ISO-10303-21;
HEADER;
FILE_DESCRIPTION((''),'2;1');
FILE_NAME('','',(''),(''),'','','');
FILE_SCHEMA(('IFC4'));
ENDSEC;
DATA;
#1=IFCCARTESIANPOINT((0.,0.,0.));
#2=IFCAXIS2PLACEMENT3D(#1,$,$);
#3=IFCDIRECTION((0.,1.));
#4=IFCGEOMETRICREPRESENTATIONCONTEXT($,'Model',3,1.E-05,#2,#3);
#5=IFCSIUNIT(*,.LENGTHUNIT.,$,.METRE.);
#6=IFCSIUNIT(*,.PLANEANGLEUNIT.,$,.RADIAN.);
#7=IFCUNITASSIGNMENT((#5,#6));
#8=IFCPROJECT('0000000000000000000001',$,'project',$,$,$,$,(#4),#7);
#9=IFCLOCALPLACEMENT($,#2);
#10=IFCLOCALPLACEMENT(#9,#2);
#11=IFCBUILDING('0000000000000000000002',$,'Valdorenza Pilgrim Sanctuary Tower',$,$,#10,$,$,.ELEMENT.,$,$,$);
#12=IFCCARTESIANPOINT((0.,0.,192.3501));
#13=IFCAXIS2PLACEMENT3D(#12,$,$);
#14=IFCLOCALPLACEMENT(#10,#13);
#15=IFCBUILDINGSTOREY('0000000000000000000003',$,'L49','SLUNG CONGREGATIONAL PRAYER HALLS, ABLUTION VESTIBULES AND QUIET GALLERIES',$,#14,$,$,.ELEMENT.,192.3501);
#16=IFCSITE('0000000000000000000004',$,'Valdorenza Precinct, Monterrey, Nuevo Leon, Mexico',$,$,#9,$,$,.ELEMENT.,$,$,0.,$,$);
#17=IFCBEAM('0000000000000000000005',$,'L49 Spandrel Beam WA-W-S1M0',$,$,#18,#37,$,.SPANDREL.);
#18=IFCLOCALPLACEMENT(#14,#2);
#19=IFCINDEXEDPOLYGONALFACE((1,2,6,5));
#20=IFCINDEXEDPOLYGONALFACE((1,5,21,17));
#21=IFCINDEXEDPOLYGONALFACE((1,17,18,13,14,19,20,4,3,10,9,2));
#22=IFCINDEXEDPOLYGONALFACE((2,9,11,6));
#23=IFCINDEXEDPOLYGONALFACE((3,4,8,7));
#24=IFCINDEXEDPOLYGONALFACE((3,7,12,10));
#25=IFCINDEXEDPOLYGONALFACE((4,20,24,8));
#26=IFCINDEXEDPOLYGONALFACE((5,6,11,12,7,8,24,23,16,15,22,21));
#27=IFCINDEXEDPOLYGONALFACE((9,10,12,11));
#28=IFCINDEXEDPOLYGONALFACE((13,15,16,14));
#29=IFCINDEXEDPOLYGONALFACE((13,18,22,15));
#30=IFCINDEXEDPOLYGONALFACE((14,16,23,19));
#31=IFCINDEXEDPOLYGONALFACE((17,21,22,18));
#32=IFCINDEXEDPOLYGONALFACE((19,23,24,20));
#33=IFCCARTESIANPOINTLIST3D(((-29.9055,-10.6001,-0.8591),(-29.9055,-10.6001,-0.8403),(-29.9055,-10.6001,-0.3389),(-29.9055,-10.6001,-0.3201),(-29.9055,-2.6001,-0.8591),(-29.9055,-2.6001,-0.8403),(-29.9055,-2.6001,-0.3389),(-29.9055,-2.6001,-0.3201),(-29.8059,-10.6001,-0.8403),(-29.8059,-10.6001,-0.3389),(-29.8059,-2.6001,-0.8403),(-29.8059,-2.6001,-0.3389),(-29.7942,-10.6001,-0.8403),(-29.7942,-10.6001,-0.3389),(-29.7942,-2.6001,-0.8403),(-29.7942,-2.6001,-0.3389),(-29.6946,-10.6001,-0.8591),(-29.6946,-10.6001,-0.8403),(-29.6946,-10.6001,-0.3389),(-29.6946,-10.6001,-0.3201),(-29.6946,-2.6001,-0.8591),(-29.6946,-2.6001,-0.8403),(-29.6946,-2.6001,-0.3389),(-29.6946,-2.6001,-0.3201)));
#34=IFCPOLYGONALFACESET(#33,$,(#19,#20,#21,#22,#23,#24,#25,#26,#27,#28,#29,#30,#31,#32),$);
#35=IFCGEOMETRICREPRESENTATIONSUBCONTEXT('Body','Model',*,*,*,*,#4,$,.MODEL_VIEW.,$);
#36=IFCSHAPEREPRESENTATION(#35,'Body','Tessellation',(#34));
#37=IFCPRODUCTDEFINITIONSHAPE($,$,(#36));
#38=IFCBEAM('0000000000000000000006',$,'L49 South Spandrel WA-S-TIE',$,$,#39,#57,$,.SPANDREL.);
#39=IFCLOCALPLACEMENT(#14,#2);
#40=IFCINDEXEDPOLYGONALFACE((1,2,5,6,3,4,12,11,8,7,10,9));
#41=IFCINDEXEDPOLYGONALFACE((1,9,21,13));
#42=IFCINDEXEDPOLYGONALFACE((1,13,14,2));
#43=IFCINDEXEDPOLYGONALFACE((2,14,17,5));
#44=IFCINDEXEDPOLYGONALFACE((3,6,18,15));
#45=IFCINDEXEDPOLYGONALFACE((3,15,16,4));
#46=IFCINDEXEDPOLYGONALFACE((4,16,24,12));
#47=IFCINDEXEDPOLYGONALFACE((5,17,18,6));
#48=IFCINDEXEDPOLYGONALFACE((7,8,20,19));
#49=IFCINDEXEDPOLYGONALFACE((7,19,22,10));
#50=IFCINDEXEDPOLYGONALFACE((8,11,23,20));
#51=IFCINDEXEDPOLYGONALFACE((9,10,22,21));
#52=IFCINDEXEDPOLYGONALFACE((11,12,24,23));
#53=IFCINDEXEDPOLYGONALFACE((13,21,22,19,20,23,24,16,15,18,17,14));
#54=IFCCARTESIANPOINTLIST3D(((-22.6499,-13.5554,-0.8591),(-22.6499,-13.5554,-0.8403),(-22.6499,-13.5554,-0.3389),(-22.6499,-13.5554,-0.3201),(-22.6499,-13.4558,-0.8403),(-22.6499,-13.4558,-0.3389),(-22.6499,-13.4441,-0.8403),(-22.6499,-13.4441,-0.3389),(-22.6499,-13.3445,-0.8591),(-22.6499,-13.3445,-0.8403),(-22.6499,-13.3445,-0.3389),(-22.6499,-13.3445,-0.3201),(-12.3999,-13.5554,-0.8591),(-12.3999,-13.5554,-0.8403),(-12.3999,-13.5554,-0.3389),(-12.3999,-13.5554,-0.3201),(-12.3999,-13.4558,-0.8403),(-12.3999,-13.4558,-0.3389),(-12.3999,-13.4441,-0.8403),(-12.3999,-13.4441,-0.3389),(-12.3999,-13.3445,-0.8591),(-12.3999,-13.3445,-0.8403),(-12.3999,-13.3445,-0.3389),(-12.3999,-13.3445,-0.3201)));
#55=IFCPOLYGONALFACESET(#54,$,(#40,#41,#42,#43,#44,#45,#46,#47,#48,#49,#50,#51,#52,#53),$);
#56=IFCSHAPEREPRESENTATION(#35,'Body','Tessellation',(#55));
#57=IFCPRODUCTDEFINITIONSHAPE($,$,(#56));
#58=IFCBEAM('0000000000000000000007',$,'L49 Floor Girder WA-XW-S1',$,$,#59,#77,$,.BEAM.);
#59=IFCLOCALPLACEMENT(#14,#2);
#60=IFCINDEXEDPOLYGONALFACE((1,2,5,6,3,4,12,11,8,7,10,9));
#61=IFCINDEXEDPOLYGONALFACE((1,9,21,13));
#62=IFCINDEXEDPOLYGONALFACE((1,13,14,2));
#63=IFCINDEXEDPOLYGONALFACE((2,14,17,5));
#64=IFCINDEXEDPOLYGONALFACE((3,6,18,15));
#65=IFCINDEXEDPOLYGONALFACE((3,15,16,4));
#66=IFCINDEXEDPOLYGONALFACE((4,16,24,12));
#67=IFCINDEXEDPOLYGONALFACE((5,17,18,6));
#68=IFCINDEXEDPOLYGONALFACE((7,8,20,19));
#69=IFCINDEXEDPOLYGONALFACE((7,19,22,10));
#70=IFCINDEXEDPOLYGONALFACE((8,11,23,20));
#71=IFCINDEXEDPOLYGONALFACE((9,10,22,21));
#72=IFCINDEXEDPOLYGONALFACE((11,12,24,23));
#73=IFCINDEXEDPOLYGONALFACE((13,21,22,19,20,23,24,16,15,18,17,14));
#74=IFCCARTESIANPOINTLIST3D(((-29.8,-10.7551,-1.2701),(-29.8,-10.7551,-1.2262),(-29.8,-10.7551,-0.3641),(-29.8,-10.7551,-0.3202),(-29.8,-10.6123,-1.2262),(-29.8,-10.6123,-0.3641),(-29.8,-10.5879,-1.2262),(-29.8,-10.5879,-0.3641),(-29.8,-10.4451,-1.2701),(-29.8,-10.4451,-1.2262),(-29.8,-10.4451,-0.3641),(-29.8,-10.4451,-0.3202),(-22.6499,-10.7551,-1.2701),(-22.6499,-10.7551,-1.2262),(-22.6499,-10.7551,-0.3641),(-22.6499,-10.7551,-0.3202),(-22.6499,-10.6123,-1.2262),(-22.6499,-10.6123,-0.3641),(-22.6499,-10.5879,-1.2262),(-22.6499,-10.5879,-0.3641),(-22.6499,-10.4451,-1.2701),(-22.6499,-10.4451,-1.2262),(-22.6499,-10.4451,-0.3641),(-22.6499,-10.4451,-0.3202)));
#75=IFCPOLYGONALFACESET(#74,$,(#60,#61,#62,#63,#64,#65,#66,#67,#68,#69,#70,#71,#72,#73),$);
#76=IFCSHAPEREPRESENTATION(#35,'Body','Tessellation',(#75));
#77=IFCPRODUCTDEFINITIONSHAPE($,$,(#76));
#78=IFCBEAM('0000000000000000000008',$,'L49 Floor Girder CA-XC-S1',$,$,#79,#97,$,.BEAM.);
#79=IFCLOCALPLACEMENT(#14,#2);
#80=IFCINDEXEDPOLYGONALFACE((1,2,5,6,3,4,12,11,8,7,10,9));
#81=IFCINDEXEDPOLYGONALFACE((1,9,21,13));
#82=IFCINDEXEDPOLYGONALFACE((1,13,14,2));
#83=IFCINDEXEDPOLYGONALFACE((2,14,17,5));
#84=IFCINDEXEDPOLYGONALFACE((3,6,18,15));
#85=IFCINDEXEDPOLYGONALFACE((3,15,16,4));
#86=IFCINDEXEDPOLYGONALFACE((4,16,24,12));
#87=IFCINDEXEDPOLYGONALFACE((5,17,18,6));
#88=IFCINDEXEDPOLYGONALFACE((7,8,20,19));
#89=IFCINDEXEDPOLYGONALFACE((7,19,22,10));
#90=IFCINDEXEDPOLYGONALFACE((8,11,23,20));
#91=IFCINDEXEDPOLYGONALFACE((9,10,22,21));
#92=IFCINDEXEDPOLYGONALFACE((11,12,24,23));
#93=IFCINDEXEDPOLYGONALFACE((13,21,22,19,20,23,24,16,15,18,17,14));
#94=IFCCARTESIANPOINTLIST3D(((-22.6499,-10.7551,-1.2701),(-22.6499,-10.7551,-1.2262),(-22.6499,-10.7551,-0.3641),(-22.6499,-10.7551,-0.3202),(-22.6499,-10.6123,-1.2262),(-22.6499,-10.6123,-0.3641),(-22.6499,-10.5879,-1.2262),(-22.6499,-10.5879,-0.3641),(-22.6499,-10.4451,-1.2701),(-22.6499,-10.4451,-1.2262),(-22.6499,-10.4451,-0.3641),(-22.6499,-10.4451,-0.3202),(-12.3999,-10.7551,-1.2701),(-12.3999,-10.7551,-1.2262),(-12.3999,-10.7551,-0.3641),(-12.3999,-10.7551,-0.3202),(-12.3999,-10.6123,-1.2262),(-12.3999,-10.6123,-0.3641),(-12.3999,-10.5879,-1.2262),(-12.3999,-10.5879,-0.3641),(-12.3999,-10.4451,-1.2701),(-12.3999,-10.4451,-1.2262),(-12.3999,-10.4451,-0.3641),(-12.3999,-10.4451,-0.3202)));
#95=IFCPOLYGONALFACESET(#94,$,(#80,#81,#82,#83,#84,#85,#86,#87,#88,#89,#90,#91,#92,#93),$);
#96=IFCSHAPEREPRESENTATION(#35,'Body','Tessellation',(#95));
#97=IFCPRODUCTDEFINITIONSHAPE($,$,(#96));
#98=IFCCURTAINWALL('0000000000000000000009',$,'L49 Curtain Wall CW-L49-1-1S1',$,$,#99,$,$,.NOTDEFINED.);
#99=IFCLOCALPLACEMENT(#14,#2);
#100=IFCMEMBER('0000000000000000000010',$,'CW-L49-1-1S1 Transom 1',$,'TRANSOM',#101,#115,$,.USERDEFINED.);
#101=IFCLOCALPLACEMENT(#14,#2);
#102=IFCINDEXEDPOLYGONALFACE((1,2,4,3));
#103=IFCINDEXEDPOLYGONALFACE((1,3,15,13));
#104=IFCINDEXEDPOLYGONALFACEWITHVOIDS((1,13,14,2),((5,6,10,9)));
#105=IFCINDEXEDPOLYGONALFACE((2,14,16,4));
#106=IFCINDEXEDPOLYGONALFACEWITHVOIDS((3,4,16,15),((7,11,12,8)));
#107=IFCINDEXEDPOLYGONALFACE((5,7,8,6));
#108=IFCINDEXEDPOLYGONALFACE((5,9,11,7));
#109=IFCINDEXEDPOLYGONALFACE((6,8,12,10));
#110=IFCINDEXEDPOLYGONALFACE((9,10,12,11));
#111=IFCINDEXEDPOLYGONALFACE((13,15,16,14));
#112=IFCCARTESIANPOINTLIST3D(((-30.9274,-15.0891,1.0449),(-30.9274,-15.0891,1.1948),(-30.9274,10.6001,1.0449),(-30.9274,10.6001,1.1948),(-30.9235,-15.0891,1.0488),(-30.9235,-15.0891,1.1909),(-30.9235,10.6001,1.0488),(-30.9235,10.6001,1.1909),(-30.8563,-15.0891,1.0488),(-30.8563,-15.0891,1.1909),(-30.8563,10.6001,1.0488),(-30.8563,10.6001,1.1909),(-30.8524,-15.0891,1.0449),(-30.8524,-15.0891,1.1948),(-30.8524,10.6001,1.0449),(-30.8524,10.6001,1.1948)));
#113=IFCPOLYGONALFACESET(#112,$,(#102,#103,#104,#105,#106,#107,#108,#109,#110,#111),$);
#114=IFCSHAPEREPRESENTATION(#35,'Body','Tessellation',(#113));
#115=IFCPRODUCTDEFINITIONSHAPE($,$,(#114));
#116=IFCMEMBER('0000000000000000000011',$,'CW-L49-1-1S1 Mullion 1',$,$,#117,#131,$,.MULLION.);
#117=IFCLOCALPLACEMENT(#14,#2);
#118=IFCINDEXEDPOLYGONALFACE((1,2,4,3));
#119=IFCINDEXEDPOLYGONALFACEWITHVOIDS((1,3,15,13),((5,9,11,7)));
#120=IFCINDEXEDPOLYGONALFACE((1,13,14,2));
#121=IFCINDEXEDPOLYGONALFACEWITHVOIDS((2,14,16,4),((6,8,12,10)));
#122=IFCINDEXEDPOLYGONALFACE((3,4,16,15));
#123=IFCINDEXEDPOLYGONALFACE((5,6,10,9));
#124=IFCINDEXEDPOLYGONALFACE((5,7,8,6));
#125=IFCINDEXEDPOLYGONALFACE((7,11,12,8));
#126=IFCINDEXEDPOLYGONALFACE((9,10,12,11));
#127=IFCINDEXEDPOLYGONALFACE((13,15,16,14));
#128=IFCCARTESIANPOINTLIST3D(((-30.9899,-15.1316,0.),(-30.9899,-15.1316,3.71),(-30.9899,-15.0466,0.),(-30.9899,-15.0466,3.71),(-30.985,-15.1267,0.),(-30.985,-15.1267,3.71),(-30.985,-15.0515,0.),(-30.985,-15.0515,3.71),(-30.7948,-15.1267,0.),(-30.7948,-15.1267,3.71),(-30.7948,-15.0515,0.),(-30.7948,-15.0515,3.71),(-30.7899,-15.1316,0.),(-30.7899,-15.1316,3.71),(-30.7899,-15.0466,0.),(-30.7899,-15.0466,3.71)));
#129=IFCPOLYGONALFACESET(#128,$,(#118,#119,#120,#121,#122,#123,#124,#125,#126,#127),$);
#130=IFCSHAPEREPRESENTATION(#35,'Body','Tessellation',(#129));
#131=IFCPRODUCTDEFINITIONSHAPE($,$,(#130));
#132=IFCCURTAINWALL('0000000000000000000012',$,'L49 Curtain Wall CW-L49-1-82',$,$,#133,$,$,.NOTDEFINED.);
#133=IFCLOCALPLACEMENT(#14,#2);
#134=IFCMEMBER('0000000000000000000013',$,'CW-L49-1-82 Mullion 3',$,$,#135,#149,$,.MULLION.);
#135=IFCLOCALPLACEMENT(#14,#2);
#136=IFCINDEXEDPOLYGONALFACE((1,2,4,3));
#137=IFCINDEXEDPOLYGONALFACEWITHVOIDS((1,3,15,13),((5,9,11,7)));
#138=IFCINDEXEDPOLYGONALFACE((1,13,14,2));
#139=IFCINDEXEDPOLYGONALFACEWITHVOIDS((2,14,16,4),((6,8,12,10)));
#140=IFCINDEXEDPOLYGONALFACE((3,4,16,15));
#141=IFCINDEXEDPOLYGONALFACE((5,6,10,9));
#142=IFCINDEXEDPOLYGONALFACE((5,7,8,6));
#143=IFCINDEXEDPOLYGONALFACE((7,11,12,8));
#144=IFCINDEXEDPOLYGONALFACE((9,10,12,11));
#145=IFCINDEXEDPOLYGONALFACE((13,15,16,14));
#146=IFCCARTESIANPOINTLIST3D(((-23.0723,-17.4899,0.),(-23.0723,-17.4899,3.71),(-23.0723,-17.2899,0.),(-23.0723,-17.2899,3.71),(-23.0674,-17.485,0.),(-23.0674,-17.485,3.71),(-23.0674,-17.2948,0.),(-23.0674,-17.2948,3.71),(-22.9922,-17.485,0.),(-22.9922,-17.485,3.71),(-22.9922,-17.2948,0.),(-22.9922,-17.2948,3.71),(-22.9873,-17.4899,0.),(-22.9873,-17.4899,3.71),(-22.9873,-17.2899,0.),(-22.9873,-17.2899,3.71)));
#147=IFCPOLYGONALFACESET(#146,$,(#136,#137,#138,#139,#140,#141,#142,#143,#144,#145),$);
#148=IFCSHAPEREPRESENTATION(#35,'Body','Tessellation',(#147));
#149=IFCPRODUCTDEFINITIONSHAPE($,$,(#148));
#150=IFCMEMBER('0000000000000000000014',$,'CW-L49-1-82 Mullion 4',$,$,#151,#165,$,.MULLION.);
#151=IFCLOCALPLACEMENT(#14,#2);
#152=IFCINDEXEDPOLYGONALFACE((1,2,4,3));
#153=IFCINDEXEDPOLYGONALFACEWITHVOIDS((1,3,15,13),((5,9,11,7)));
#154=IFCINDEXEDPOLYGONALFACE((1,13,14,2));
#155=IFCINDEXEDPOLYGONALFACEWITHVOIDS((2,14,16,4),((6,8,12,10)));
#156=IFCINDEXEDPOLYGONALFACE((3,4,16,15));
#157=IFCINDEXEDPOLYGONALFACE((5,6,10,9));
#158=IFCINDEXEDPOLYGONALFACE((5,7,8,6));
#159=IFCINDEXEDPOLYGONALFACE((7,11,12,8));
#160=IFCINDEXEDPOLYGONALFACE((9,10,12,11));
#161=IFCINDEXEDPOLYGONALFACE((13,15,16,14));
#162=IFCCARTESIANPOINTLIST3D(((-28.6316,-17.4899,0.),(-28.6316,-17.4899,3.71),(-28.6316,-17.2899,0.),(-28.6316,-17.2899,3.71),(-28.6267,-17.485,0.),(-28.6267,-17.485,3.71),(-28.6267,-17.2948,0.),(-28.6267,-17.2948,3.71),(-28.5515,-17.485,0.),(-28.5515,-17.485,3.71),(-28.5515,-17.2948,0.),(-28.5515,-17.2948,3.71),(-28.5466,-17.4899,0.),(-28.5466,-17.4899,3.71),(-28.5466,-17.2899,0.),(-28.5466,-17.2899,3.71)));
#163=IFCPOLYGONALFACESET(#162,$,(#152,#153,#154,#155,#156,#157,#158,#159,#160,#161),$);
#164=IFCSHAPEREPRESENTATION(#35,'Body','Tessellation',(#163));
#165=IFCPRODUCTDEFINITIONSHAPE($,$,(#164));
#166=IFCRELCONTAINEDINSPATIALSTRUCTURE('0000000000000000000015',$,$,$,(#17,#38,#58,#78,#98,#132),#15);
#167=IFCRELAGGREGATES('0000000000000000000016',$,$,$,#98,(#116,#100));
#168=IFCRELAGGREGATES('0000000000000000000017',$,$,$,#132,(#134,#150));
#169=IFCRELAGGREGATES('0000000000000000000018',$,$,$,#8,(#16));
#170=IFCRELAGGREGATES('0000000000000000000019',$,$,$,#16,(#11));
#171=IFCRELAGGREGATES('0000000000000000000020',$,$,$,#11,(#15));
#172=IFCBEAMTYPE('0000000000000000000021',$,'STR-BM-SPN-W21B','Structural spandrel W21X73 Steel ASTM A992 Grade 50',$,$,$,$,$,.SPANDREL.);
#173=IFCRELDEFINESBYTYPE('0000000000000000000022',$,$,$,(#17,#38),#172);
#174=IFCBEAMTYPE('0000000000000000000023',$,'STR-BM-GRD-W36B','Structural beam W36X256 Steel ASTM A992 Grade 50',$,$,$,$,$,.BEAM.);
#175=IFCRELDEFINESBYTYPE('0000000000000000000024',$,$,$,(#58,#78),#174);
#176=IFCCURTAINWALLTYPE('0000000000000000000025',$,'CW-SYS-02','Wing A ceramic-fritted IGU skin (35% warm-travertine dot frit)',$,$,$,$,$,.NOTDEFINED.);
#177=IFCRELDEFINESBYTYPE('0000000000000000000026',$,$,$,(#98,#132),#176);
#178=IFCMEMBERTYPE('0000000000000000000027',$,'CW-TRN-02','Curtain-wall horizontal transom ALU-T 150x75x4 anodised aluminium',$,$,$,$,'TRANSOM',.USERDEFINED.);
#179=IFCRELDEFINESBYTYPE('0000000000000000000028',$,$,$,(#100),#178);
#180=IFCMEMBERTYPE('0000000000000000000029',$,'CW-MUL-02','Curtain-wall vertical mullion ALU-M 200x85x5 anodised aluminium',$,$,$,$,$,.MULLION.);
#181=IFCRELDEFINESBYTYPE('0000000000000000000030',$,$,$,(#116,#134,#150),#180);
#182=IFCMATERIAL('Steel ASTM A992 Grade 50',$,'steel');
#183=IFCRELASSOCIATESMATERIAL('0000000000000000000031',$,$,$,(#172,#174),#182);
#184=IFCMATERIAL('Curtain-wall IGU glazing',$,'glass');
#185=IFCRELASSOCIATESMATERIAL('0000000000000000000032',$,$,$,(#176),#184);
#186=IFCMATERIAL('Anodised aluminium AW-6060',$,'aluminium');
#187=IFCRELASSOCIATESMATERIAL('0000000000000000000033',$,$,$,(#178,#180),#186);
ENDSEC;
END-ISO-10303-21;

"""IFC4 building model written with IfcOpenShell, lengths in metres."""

from ifc_helpers import new_model, si_unit, direction, frame, origin, origin_2d, place, context, subcontext, project, spatial, hollow_rectangle, i_section, extrude, source, transform, mapped, material, material_profile, profile_set, type_object, element, aggregate, save


model = new_model("IFC4")

# Units and contexts
model_context = context("Model", 3, precision=1e-05, world=origin(), true_north=direction((0.0, 1.0)))
body_context = subcontext(model_context, "Body", "Model", "MODEL_VIEW")
ifc_project = project(units=[si_unit("LENGTHUNIT", "METRE"), si_unit("PLANEANGLEUNIT", "RADIAN")], contexts=[model_context])

# Site, building, storey
site_placement = place(None, origin())
site = spatial("IfcSite", under=ifc_project, at=site_placement, Name="Valdorenza Precinct, Monterrey, Nuevo Leon, Mexico", CompositionType="ELEMENT", RefElevation=0.0)
building_placement = place(site_placement, origin())
building = spatial("IfcBuilding", under=site, at=building_placement, Name="Valdorenza Pilgrim Sanctuary Tower", CompositionType="ELEMENT")
storey_placement = place(building_placement, frame((0.0, 0.0, 192.3501)))
storey = spatial("IfcBuildingStorey", under=building, at=storey_placement, Name="L49", Description="SLUNG CONGREGATIONAL PRAYER HALLS, ABLUTION VESTIBULES AND QUIET GALLERIES", CompositionType="ELEMENT", Elevation=192.3501)

# Shared definitions
ifc_material_1 = material(Name="Steel ASTM A992 Grade 50", Category="steel")

# Beams
ifc_material_profile_1 = material_profile(ifc_material_1, i_section(OverallWidth=0.2109, OverallDepth=0.5391, WebThickness=0.0117, FlangeThickness=0.0188, at=origin_2d()), Name="W21X73")
ifc_profile_set_1 = profile_set([ifc_material_profile_1], Name="Steel ASTM A992 Grade 50")
beam_type_1 = type_object("IfcBeamType", Name="STR-BM-SPN-W21B", Description="Structural spandrel W21X73 Steel ASTM A992 Grade 50", PredefinedType="SPANDREL", material=ifc_profile_set_1)
shared_shape_1 = source(origin(), body_context, "Body", "SweptSolid", [
    extrude(i_section(OverallWidth=0.2109, OverallDepth=0.5391, WebThickness=0.0117, FlangeThickness=0.0188, at=origin_2d()), origin(), (0.0, 0.0, 1.0), 8.0),
])
beam_1_placement = place(storey_placement, frame((-29.8, -10.6001, -0.5896), z_axis=(0.0, 1.0, 0.0), x_axis=(-1.0, 0.0, 0.0)))
element("IfcBeam", 1, at=beam_1_placement, inside=storey, type_object=beam_type_1, Name="L49 Spandrel Beam WA-W-S1M0", PredefinedType="SPANDREL", context=body_context, shape_type="MappedRepresentation", body=[
    mapped(shared_shape_1, transform((0.0, 0.0, 0.0), x_axis=(1.0, 0.0, 0.0), y_axis=(0.0, 1.0, 0.0), z_axis=(0.0, 0.0, 1.0), scale=1.0)),
])
shared_shape_2 = source(origin(), body_context, "Body", "SweptSolid", [
    extrude(i_section(OverallWidth=0.2109, OverallDepth=0.5391, WebThickness=0.0117, FlangeThickness=0.0188, at=origin_2d()), origin(), (0.0, 0.0, 1.0), 10.25),
])
beam_2_placement = place(storey_placement, frame((-22.6499, -13.45, -0.5896), z_axis=(1.0, 0.0, 0.0), x_axis=(0.0, 1.0, 0.0)))
element("IfcBeam", 2, at=beam_2_placement, inside=storey, type_object=beam_type_1, Name="L49 South Spandrel WA-S-TIE", PredefinedType="SPANDREL", context=body_context, shape_type="MappedRepresentation", body=[
    mapped(shared_shape_2, transform((0.0, 0.0, 0.0), x_axis=(1.0, 0.0, 0.0), y_axis=(0.0, 1.0, 0.0), z_axis=(0.0, 0.0, 1.0), scale=1.0)),
])
ifc_material_profile_2 = material_profile(ifc_material_1, i_section(OverallWidth=0.3101, OverallDepth=0.95, WebThickness=0.0244, FlangeThickness=0.0439, at=origin_2d()), Name="W36X256")
ifc_profile_set_2 = profile_set([ifc_material_profile_2], Name="Steel ASTM A992 Grade 50")
beam_type_2 = type_object("IfcBeamType", Name="STR-BM-GRD-W36B", Description="Structural beam W36X256 Steel ASTM A992 Grade 50", PredefinedType="BEAM", material=ifc_profile_set_2)
shared_shape_3 = source(origin(), body_context, "Body", "SweptSolid", [
    extrude(i_section(OverallWidth=0.3101, OverallDepth=0.95, WebThickness=0.0244, FlangeThickness=0.0439, at=origin_2d()), origin(), (0.0, 0.0, 1.0), 7.1501),
])
beam_3_placement = place(storey_placement, frame((-29.8, -10.6001, -0.7952), z_axis=(1.0, 0.0, 0.0), x_axis=(0.0, 1.0, 0.0)))
element("IfcBeam", 3, at=beam_3_placement, inside=storey, type_object=beam_type_2, Name="L49 Floor Girder WA-XW-S1", PredefinedType="BEAM", context=body_context, shape_type="MappedRepresentation", body=[
    mapped(shared_shape_3, transform((0.0, 0.0, 0.0), x_axis=(1.0, 0.0, 0.0), y_axis=(0.0, 1.0, 0.0), z_axis=(0.0, 0.0, 1.0), scale=1.0)),
])
shared_shape_4 = source(origin(), body_context, "Body", "SweptSolid", [
    extrude(i_section(OverallWidth=0.3101, OverallDepth=0.95, WebThickness=0.0244, FlangeThickness=0.0439, at=origin_2d()), origin(), (0.0, 0.0, 1.0), 10.25),
])
beam_4_placement = place(storey_placement, frame((-22.6499, -10.6001, -0.7952), z_axis=(1.0, 0.0, 0.0), x_axis=(0.0, 1.0, 0.0)))
element("IfcBeam", 4, at=beam_4_placement, inside=storey, type_object=beam_type_2, Name="L49 Floor Girder CA-XC-S1", PredefinedType="BEAM", context=body_context, shape_type="MappedRepresentation", body=[
    mapped(shared_shape_4, transform((0.0, 0.0, 0.0), x_axis=(1.0, 0.0, 0.0), y_axis=(0.0, 1.0, 0.0), z_axis=(0.0, 0.0, 1.0), scale=1.0)),
])

# Curtain wall, members
ifc_material_2 = material(Name="Curtain-wall IGU glazing", Category="glass")
curtain_wall_type = type_object("IfcCurtainWallType", Name="CW-SYS-02", Description="Wing A ceramic-fritted IGU skin (35% warm-travertine dot frit)", PredefinedType="NOTDEFINED", material=ifc_material_2)
curtain_wall_1_placement = place(storey_placement, origin())
curtain_wall_1 = element("IfcCurtainWall", 5, at=curtain_wall_1_placement, inside=storey, type_object=curtain_wall_type, Name="L49 Curtain Wall CW-L49-1-1S1", PredefinedType="NOTDEFINED")
ifc_material_3 = material(Name="Anodised aluminium AW-6060", Category="aluminium")
ifc_material_profile_3 = material_profile(ifc_material_3, hollow_rectangle(XDim=0.075, YDim=0.1499, WallThickness=0.0039, at=origin_2d()), Name="ALU-T 150x75x4")
ifc_profile_set_3 = profile_set([ifc_material_profile_3], Name="Anodised aluminium AW-6060")
member_type_1 = type_object("IfcMemberType", Name="CW-TRN-02", Description="Curtain-wall horizontal transom ALU-T 150x75x4 anodised aluminium", ElementType="TRANSOM", PredefinedType="USERDEFINED", material=ifc_profile_set_3)
shared_shape_5 = source(origin(), body_context, "Body", "SweptSolid", [
    extrude(hollow_rectangle(XDim=0.075, YDim=0.1499, WallThickness=0.0039, at=origin_2d()), origin(), (0.0, 0.0, 1.0), 25.6892),
])
member_1_placement = place(storey_placement, frame((-30.8899, -15.0891, 1.1199), z_axis=(0.0, 1.0, 0.0), x_axis=(-1.0, 0.0, 0.0)))
member_1 = element("IfcMember", 6, at=member_1_placement, type_object=member_type_1, Name="CW-L49-1-1S1 Transom 1", ObjectType="TRANSOM", PredefinedType="USERDEFINED", context=body_context, shape_type="MappedRepresentation", body=[
    mapped(shared_shape_5, transform((0.0, 0.0, 0.0), x_axis=(1.0, 0.0, 0.0), y_axis=(0.0, 1.0, 0.0), z_axis=(0.0, 0.0, 1.0), scale=1.0)),
])
ifc_material_profile_4 = material_profile(ifc_material_3, hollow_rectangle(XDim=0.085, YDim=0.2, WallThickness=0.0049, at=origin_2d()), Name="ALU-M 200x85x5")
ifc_profile_set_4 = profile_set([ifc_material_profile_4], Name="Anodised aluminium AW-6060")
member_type_2 = type_object("IfcMemberType", Name="CW-MUL-02", Description="Curtain-wall vertical mullion ALU-M 200x85x5 anodised aluminium", PredefinedType="MULLION", material=ifc_profile_set_4)
shared_shape_6 = source(origin(), body_context, "Body", "SweptSolid", [
    extrude(hollow_rectangle(XDim=0.085, YDim=0.2, WallThickness=0.0049, at=origin_2d()), origin(), (0.0, 0.0, 1.0), 3.71),
])
member_2_placement = place(storey_placement, frame((-30.8899, -15.0891, 0.0), z_axis=(0.0, 0.0, 1.0), x_axis=(0.0, 1.0, 0.0)))
member_2 = element("IfcMember", 7, at=member_2_placement, type_object=member_type_2, Name="CW-L49-1-1S1 Mullion 1", PredefinedType="MULLION", context=body_context, shape_type="MappedRepresentation", body=[
    mapped(shared_shape_6, transform((0.0, 0.0, 0.0), x_axis=(1.0, 0.0, 0.0), y_axis=(0.0, 1.0, 0.0), z_axis=(0.0, 0.0, 1.0), scale=1.0)),
])

# Curtain wall, members
curtain_wall_2_placement = place(storey_placement, origin())
curtain_wall_2 = element("IfcCurtainWall", 8, at=curtain_wall_2_placement, inside=storey, type_object=curtain_wall_type, Name="L49 Curtain Wall CW-L49-1-82", PredefinedType="NOTDEFINED")
member_3_placement = place(storey_placement, frame((-23.0298, -17.3899, 0.0), z_axis=(0.0, 0.0, 1.0), x_axis=(-1.0, 0.0, 0.0)))
member_3 = element("IfcMember", 9, at=member_3_placement, type_object=member_type_2, Name="CW-L49-1-82 Mullion 3", PredefinedType="MULLION", context=body_context, shape_type="MappedRepresentation", body=[
    mapped(shared_shape_6, transform((0.0, 0.0, 0.0), x_axis=(1.0, 0.0, 0.0), y_axis=(0.0, 1.0, 0.0), z_axis=(0.0, 0.0, 1.0), scale=1.0)),
])
member_4_placement = place(storey_placement, frame((-28.5891, -17.3899, 0.0), z_axis=(0.0, 0.0, 1.0), x_axis=(-1.0, 0.0, 0.0)))
member_4 = element("IfcMember", 10, at=member_4_placement, type_object=member_type_2, Name="CW-L49-1-82 Mullion 4", PredefinedType="MULLION", context=body_context, shape_type="MappedRepresentation", body=[
    mapped(shared_shape_6, transform((0.0, 0.0, 0.0), x_axis=(1.0, 0.0, 0.0), y_axis=(0.0, 1.0, 0.0), z_axis=(0.0, 0.0, 1.0), scale=1.0)),
])

aggregate(curtain_wall_1, [member_2, member_1])
aggregate(curtain_wall_2, [member_3, member_4])

save(model, "model.ifc")
